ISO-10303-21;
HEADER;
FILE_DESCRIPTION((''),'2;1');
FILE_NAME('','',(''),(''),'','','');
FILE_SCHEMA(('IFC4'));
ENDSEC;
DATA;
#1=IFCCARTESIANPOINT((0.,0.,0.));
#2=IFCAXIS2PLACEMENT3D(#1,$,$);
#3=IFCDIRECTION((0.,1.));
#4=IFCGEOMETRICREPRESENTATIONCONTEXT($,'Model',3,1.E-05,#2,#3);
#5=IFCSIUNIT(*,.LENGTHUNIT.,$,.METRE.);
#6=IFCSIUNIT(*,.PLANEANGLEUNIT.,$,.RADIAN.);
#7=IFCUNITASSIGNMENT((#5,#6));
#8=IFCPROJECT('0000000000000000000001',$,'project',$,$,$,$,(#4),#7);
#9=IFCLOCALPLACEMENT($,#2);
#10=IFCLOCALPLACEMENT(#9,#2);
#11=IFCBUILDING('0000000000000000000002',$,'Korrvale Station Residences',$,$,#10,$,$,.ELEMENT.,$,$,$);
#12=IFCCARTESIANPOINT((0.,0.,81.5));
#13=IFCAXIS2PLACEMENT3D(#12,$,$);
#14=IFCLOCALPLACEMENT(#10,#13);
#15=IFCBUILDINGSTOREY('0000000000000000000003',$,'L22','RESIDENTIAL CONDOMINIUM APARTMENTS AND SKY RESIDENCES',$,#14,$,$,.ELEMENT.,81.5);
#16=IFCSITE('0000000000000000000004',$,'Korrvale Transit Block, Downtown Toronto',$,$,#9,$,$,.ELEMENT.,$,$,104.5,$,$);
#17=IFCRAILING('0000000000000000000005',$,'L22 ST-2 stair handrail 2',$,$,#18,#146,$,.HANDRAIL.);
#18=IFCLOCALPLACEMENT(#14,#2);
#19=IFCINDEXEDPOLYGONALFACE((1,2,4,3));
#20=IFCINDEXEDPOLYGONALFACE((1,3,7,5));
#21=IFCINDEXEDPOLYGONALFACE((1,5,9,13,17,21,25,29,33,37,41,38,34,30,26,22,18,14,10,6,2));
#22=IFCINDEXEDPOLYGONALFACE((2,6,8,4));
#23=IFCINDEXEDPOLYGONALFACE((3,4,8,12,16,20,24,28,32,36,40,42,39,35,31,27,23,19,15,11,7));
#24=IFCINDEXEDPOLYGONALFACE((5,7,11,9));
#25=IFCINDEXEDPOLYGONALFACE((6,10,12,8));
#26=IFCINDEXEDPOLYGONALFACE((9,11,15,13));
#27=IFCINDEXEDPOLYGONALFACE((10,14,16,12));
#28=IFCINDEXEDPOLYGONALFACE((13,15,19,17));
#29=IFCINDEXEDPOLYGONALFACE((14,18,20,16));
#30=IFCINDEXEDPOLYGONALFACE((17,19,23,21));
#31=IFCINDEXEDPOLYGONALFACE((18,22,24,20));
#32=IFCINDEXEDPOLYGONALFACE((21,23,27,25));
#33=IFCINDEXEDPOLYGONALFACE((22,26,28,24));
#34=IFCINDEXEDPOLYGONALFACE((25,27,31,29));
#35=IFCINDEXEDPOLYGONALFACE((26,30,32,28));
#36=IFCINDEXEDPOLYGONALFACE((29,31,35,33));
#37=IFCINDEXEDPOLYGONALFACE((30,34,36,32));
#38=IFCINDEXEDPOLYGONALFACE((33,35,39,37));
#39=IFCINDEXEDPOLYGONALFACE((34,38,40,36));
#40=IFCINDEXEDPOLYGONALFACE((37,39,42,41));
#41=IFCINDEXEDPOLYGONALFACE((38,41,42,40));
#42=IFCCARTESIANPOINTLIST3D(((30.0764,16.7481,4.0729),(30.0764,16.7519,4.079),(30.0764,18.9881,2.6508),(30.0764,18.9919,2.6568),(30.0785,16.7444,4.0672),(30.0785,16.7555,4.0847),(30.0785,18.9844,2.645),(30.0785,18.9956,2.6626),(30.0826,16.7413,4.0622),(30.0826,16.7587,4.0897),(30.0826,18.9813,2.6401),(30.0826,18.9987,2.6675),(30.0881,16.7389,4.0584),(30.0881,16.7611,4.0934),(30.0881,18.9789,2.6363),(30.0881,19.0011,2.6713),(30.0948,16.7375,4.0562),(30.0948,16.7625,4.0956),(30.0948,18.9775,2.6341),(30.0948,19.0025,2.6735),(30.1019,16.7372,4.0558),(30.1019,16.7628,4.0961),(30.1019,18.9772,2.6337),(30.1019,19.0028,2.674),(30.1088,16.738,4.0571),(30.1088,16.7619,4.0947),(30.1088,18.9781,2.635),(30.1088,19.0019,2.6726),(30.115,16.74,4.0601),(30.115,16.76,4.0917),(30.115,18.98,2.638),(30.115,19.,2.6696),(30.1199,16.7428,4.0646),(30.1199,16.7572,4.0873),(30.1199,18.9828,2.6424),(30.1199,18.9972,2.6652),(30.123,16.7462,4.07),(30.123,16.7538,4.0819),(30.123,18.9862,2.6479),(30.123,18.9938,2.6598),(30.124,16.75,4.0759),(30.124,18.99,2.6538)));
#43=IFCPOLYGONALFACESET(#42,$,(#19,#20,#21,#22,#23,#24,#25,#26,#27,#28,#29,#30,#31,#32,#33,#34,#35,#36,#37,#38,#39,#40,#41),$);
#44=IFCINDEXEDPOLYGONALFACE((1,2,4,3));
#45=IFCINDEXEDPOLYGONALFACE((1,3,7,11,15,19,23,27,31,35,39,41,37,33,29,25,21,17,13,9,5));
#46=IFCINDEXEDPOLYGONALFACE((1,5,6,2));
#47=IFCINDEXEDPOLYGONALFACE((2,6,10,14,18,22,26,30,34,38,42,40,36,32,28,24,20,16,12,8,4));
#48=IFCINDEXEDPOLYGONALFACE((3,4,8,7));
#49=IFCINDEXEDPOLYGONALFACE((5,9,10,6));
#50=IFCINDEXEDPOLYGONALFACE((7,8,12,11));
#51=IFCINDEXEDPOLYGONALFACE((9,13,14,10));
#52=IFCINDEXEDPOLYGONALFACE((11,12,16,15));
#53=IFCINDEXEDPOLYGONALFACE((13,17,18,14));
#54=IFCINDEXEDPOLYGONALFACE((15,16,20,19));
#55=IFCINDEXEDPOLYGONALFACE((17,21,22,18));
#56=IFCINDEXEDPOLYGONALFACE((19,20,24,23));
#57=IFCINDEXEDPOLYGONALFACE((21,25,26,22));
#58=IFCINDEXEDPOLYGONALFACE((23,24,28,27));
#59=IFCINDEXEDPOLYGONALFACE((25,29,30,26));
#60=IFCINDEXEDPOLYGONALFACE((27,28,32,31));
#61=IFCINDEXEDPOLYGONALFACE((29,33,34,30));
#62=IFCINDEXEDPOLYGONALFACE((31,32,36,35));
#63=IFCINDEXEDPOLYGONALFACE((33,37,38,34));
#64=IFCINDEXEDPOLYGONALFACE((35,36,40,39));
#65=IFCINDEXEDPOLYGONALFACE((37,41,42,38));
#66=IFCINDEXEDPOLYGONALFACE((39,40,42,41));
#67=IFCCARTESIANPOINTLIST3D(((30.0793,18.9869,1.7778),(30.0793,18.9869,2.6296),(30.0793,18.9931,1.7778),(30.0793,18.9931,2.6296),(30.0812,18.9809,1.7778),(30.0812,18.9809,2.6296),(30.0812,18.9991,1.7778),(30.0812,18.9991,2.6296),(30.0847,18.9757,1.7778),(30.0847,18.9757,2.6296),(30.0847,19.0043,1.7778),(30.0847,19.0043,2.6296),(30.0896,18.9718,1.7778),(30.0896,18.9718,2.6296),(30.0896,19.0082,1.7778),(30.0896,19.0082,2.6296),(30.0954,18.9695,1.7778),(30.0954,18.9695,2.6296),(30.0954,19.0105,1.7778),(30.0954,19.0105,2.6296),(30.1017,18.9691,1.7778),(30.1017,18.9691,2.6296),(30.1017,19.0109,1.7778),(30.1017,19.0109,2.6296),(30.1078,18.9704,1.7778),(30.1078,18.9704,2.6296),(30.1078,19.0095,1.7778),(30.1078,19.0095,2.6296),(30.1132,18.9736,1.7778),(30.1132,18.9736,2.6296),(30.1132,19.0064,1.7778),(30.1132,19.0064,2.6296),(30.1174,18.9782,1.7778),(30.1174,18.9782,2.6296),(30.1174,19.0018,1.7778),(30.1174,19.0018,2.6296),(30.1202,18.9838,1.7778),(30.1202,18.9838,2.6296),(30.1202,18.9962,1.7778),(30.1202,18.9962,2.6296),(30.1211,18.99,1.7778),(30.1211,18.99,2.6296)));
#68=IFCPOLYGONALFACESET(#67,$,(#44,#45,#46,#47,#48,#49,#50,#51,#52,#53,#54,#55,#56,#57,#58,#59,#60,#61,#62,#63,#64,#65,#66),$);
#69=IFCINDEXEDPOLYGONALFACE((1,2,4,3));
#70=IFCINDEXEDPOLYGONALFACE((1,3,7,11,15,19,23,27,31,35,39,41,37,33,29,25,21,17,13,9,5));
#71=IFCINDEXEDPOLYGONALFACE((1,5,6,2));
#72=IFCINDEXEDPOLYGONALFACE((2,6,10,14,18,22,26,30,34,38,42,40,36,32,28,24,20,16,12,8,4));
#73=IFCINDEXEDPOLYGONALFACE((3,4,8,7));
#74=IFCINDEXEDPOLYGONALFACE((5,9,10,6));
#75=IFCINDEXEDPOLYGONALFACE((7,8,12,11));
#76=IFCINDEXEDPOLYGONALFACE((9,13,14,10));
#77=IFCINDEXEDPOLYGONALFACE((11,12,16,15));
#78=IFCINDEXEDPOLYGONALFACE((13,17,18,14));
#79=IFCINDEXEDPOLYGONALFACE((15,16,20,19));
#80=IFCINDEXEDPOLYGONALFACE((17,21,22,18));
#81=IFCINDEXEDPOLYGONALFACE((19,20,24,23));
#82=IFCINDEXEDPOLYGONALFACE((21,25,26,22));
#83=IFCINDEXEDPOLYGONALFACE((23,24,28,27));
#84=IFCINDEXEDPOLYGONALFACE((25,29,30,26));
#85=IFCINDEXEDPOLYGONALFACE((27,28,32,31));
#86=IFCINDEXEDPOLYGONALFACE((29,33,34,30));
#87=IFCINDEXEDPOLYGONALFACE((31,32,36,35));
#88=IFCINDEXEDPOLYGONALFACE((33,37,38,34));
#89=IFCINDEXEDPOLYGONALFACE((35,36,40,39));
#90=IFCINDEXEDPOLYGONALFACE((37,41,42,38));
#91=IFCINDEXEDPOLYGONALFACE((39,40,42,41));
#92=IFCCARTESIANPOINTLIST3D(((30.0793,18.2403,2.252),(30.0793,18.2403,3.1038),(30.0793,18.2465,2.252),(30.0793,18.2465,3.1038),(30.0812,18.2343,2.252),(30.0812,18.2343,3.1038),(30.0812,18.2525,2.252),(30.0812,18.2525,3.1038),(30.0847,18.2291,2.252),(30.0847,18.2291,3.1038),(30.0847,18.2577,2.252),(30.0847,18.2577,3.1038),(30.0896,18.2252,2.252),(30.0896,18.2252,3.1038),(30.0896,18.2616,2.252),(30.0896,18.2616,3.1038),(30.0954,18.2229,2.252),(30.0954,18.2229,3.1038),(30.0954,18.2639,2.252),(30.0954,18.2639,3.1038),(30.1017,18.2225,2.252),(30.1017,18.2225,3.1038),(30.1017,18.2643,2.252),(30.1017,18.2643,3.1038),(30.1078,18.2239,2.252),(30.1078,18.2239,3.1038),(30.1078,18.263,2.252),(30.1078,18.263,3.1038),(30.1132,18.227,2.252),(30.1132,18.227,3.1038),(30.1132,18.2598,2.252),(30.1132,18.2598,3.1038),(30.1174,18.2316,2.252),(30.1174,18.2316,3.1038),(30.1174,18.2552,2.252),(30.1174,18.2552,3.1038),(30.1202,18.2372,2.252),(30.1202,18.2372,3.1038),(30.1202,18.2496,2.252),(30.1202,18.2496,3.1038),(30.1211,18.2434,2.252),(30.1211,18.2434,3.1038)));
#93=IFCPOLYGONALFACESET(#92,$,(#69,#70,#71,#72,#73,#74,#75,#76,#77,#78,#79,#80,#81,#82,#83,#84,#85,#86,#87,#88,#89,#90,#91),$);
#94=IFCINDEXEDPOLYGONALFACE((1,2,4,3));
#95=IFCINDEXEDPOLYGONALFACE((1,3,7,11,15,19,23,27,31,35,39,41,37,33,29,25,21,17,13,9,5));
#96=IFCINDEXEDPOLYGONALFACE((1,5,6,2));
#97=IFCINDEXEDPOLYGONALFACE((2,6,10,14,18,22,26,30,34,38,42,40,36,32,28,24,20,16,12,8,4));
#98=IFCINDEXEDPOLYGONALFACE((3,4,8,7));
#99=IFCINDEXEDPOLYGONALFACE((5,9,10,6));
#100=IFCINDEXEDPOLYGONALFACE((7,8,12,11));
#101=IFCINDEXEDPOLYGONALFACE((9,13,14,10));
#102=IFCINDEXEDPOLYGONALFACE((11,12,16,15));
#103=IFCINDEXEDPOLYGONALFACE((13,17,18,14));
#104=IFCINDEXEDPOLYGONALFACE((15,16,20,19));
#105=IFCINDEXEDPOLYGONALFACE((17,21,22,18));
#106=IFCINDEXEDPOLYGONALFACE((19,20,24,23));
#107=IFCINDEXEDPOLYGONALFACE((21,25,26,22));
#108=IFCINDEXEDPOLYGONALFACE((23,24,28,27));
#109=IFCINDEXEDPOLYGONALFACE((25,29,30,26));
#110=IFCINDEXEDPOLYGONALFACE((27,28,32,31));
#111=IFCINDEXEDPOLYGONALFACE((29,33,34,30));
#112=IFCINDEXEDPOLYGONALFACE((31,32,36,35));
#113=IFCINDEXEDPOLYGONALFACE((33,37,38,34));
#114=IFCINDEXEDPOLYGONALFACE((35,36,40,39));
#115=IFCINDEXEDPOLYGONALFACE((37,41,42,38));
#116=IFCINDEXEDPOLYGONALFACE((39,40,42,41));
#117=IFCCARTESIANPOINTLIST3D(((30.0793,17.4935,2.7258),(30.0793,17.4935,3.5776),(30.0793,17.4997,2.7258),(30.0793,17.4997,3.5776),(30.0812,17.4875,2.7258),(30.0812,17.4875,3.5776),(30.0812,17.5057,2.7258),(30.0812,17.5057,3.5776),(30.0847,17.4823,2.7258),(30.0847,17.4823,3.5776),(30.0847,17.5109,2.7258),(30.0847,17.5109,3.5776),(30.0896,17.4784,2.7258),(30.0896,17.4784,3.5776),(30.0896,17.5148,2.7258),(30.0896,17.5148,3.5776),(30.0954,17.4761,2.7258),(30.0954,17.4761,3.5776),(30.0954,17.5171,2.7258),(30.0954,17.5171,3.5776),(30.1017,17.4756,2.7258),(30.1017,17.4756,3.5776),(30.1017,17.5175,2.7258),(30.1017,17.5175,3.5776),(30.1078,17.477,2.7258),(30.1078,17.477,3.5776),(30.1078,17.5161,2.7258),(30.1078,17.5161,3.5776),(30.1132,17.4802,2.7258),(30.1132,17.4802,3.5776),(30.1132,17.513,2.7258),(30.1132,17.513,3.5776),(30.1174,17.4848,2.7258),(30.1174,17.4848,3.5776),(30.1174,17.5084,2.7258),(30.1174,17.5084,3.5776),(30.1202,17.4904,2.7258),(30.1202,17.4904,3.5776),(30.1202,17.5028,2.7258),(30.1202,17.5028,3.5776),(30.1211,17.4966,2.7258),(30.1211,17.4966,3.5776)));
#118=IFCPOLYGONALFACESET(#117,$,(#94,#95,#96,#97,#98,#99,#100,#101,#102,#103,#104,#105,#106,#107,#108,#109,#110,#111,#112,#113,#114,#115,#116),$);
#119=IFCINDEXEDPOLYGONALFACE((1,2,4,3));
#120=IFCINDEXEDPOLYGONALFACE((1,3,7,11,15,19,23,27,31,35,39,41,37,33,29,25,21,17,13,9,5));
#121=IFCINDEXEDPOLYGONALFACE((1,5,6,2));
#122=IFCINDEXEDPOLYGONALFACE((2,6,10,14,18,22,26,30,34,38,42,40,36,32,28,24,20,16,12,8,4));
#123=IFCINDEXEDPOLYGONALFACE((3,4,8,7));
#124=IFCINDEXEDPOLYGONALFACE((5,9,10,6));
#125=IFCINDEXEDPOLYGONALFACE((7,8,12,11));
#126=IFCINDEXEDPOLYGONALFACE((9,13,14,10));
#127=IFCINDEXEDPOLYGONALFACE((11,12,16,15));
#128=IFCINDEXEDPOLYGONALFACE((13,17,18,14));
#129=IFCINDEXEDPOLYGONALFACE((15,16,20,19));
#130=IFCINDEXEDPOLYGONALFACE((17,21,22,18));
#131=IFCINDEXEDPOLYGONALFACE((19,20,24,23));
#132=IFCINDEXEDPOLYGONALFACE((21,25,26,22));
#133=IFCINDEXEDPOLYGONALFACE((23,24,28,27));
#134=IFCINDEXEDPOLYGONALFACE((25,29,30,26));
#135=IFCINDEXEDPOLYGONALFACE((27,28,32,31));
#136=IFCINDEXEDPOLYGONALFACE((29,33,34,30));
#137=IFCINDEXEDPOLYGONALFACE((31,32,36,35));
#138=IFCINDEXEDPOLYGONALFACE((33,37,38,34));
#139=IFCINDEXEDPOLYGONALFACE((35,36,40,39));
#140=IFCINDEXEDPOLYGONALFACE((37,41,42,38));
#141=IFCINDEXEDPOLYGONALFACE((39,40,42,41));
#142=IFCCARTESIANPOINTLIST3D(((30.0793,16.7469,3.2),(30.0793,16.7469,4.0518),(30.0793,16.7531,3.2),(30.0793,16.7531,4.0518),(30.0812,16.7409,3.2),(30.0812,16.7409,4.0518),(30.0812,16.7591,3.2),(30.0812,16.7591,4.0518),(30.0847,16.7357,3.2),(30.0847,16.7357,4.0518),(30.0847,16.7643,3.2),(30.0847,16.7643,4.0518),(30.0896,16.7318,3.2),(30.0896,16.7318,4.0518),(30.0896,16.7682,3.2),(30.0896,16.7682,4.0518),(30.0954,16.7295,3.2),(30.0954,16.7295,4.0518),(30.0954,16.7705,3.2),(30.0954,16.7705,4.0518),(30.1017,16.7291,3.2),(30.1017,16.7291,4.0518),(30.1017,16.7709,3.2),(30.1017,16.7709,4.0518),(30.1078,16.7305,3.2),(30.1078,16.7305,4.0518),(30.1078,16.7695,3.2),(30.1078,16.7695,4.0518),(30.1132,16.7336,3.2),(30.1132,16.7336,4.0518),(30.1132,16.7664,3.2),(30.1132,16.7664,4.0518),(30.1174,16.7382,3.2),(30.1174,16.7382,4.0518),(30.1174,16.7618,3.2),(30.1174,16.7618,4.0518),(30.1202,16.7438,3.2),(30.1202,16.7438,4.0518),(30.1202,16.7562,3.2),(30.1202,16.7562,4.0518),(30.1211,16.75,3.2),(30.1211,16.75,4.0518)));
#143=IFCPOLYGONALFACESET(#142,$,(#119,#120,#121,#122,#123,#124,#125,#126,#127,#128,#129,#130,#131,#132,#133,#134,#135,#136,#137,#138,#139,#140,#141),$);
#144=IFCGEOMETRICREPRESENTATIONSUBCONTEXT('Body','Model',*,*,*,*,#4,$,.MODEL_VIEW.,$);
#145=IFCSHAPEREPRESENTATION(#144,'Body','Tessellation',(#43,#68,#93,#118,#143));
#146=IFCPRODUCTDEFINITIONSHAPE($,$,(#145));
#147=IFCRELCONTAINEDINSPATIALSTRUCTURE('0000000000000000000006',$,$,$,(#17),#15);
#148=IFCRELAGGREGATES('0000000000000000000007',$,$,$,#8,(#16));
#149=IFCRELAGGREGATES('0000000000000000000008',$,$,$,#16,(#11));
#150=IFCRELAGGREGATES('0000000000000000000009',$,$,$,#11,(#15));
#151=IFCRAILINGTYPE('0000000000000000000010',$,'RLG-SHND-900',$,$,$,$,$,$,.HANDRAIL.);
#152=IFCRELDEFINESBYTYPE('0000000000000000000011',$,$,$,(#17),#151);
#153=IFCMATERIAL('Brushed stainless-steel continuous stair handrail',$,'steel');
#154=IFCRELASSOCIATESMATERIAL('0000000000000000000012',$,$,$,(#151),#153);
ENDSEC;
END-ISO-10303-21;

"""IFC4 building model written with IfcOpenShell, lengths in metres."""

from ifc_helpers import new_model, si_unit, direction, frame, origin, origin_2d, place, context, subcontext, project, spatial, circle, extrude, material, type_object, element, save


model = new_model("IFC4")

# Units and contexts
model_context = context("Model", 3, precision=1e-05, world=origin(), true_north=direction((0.0, 1.0)))
body_context = subcontext(model_context, "Body", "Model", "MODEL_VIEW")
ifc_project = project(units=[si_unit("LENGTHUNIT", "METRE"), si_unit("PLANEANGLEUNIT", "RADIAN")], contexts=[model_context])

# Site, building, storey
site_placement = place(None, origin())
site = spatial("IfcSite", under=ifc_project, at=site_placement, Name="Korrvale Transit Block, Downtown Toronto", CompositionType="ELEMENT", RefElevation=104.5)
building_placement = place(site_placement, origin())
building = spatial("IfcBuilding", under=site, at=building_placement, Name="Korrvale Station Residences", CompositionType="ELEMENT")
storey_placement = place(building_placement, frame((0.0, 0.0, 81.5)))
storey = spatial("IfcBuildingStorey", under=building, at=storey_placement, Name="L22", Description="RESIDENTIAL CONDOMINIUM APARTMENTS AND SKY RESIDENCES", CompositionType="ELEMENT", Elevation=81.5)

# Railing
ifc_material_1 = material(Name="Brushed stainless-steel continuous stair handrail", Category="steel")
railing_type_1 = type_object("IfcRailingType", Name="RLG-SHND-900", PredefinedType="HANDRAIL", material=ifc_material_1)
railing_1_placement = place(storey_placement, frame((30.1001, 18.99, 1.7778)))
element("IfcRailing", 1, at=railing_1_placement, inside=storey, type_object=railing_type_1, Name="L22 ST-2 stair handrail 2", PredefinedType="HANDRAIL", context=body_context, shape_type="SweptSolid", body=[
    extrude(circle(Radius=0.0239, at=origin_2d()), frame((0.0, 0.0, 0.876), z_axis=(0.0, -0.844229, 0.535982), x_axis=(1.0, 0.0, 0.0)), (0.0, 0.0, 1.0), 2.6533),
    extrude(circle(Radius=0.021, at=origin_2d()), origin(), (0.0, 0.0, 1.0), 0.8518),
    extrude(circle(Radius=0.021, at=origin_2d()), frame((0.0, -0.7466, 0.4741)), (0.0, 0.0, 1.0), 0.8518),
    extrude(circle(Radius=0.021, at=origin_2d()), frame((0.0, -1.4934, 0.948)), (0.0, 0.0, 1.0), 0.8518),
    extrude(circle(Radius=0.021, at=origin_2d()), frame((0.0, -2.24, 1.4221)), (0.0, 0.0, 1.0), 0.8518),
])

save(model, "model.ifc")
